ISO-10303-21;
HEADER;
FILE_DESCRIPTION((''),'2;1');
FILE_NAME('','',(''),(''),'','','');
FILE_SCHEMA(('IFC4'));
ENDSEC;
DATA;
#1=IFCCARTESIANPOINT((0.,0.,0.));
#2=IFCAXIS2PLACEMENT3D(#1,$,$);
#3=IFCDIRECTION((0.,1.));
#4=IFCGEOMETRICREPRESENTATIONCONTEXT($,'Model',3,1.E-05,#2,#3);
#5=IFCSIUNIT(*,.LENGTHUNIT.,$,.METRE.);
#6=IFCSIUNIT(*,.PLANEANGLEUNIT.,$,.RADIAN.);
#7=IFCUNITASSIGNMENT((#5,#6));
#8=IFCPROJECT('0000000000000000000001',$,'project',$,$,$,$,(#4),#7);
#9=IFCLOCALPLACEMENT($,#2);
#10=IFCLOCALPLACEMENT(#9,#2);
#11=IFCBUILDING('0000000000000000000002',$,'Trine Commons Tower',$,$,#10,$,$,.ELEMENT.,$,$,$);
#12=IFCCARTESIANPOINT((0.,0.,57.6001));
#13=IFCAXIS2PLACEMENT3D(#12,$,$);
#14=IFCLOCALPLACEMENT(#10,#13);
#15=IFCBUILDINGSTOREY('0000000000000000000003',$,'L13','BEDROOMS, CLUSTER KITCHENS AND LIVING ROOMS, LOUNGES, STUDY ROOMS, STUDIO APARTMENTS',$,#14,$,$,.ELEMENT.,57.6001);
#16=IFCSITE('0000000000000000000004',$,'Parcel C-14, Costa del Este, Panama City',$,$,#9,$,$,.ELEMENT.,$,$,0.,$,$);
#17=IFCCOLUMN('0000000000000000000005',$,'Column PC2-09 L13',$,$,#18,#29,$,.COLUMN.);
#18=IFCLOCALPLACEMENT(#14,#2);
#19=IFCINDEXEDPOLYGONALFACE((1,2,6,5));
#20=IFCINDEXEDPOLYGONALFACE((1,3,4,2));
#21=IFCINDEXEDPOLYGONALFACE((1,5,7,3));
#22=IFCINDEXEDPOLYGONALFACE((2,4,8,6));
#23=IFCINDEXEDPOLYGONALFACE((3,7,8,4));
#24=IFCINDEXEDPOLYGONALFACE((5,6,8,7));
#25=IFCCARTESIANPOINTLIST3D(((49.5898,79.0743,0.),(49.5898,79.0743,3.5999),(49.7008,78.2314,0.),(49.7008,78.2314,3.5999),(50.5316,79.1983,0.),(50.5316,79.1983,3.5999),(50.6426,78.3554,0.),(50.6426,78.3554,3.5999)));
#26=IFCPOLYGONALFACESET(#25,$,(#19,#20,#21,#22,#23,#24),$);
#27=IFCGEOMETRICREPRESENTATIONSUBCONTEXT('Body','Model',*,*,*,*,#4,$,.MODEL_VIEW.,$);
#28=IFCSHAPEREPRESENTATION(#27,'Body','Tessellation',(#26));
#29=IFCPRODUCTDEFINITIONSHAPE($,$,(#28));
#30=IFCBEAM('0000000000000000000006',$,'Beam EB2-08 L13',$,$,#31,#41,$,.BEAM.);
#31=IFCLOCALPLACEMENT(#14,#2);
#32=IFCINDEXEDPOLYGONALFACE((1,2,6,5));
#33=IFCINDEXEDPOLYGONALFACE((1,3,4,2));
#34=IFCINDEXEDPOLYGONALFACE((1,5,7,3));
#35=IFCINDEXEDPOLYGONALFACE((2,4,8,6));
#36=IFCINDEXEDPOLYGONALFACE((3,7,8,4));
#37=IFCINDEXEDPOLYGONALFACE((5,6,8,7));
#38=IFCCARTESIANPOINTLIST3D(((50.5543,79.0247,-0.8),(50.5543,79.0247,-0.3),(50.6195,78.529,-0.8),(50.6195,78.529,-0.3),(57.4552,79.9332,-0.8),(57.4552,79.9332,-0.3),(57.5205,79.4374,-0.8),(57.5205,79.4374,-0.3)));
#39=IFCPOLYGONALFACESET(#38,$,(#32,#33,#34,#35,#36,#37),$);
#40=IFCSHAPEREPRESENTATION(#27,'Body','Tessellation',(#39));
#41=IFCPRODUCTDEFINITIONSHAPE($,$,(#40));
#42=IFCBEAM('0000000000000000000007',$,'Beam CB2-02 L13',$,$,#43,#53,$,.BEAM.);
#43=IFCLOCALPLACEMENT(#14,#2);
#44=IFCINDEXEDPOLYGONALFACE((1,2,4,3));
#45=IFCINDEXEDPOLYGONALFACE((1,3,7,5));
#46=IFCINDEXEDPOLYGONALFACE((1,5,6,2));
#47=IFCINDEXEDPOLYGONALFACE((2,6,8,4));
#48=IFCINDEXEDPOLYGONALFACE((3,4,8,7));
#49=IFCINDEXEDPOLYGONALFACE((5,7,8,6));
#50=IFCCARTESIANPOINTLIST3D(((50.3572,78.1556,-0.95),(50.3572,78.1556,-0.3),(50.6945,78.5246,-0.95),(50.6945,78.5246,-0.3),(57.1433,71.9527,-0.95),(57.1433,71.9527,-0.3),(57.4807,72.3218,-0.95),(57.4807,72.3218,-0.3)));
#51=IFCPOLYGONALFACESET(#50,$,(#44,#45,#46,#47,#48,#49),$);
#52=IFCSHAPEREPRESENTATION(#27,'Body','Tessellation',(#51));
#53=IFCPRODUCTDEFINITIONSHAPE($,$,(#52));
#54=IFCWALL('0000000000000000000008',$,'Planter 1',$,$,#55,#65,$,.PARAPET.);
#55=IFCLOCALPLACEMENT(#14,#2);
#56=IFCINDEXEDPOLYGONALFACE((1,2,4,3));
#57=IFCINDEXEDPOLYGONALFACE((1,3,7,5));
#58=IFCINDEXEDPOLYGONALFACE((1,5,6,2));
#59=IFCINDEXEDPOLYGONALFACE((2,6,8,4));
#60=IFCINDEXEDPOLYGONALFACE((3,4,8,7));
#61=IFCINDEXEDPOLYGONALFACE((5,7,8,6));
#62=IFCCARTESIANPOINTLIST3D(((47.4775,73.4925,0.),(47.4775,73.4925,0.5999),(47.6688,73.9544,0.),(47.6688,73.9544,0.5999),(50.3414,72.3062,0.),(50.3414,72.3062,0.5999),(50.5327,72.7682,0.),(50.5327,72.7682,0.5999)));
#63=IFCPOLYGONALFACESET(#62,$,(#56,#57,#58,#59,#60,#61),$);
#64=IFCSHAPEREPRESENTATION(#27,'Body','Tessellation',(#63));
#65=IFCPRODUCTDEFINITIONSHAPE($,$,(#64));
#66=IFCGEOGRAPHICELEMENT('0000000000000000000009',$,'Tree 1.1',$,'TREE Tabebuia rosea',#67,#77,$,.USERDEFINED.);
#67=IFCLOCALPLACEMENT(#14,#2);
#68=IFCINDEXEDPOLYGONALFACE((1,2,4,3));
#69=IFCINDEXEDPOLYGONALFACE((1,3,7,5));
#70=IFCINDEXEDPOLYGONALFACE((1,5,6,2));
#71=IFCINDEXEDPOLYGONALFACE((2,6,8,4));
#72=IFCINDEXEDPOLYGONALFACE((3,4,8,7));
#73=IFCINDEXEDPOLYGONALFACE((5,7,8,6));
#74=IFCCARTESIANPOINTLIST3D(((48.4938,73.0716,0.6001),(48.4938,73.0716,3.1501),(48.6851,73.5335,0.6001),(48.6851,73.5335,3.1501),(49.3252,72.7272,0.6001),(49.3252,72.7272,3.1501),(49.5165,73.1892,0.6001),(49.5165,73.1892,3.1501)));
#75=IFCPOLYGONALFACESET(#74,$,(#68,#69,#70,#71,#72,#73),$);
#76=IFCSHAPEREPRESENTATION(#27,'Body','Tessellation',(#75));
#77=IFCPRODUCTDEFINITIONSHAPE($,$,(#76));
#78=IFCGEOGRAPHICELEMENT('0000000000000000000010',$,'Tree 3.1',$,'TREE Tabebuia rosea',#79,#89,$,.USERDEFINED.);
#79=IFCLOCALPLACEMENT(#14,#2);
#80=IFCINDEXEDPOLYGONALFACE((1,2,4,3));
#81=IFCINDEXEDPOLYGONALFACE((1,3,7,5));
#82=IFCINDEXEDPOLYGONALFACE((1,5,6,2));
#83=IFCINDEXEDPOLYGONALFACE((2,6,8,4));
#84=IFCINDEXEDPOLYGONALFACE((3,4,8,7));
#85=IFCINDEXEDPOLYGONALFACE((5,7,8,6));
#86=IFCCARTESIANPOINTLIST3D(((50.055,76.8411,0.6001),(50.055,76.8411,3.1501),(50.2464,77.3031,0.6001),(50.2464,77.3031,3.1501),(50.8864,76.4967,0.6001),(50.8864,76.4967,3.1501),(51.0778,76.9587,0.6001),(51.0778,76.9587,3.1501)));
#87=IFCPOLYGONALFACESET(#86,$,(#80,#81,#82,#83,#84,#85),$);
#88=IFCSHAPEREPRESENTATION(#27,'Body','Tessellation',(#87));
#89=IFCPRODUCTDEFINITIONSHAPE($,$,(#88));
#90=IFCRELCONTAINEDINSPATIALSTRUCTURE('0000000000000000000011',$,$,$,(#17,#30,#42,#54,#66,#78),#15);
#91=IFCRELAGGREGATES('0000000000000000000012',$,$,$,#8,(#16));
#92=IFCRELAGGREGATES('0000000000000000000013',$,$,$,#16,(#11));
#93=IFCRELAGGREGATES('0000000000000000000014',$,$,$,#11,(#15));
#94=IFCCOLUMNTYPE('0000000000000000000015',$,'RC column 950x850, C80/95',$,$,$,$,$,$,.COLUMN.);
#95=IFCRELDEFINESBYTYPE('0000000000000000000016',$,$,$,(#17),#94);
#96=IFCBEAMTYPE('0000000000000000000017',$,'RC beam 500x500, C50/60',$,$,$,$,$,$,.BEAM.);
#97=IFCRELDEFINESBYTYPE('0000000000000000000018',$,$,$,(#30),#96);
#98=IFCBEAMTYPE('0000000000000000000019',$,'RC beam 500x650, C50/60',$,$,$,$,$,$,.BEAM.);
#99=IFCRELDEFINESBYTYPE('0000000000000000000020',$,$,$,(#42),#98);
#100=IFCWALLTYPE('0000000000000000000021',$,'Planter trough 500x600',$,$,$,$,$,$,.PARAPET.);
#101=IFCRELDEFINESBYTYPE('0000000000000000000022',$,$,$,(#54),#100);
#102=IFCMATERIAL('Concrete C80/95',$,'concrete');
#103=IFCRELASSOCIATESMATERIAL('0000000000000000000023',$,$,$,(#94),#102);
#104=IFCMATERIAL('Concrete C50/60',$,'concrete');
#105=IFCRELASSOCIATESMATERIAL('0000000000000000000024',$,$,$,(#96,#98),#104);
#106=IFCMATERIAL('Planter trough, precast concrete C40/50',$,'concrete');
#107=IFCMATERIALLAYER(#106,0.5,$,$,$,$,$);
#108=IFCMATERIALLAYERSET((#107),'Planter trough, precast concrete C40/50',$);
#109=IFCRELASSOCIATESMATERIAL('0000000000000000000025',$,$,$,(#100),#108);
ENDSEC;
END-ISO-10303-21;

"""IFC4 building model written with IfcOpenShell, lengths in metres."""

from ifc_helpers import new_model, si_unit, direction, frame, frame_2d, origin, origin_2d, place, context, subcontext, project, spatial, rectangle, extrude, material, layer, layer_set, material_profile, profile_set, type_object, element, save


model = new_model("IFC4")

# Units and contexts
model_context = context("Model", 3, precision=1e-05, world=origin(), true_north=direction((0.0, 1.0)))
body_context = subcontext(model_context, "Body", "Model", "MODEL_VIEW")
ifc_project = project(units=[si_unit("LENGTHUNIT", "METRE"), si_unit("PLANEANGLEUNIT", "RADIAN")], contexts=[model_context])

# Site, building, storey
site_placement = place(None, origin())
site = spatial("IfcSite", under=ifc_project, at=site_placement, Name="Parcel C-14, Costa del Este, Panama City", CompositionType="ELEMENT", RefElevation=0.0)
building_placement = place(site_placement, origin())
building = spatial("IfcBuilding", under=site, at=building_placement, Name="Trine Commons Tower", CompositionType="ELEMENT")
storey_placement = place(building_placement, frame((0.0, 0.0, 57.6001)))
storey = spatial("IfcBuildingStorey", under=building, at=storey_placement, Name="L13", Description="BEDROOMS, CLUSTER KITCHENS AND LIVING ROOMS, LOUNGES, STUDY ROOMS, STUDIO APARTMENTS", CompositionType="ELEMENT", Elevation=57.6001)

# Column
ifc_material_1 = material(Name="Concrete C80/95", Category="concrete")
ifc_material_profile_1 = material_profile(ifc_material_1, rectangle(XDim=0.95, YDim=0.8501, at=origin_2d()), Name="RC 950x850")
ifc_profile_set_1 = profile_set([ifc_material_profile_1], Name="Concrete C80/95")
column_type = type_object("IfcColumnType", Name="RC column 950x850, C80/95", PredefinedType="COLUMN", material=ifc_profile_set_1)
column_placement = place(storey_placement, frame((50.1162, 78.7148, 0.0), z_axis=(0.0, 0.0, 1.0), x_axis=(0.991445, 0.130526, 0.0)))
element("IfcColumn", 1, at=column_placement, inside=storey, type_object=column_type, Name="Column PC2-09 L13", PredefinedType="COLUMN", context=body_context, shape_type="SweptSolid", body=[
    extrude(rectangle(XDim=0.95, YDim=0.8501, at=origin_2d()), origin(), (0.0, 0.0, 1.0), 3.5999),
])

# Beams
ifc_material_2 = material(Name="Concrete C50/60", Category="concrete")
ifc_material_profile_2 = material_profile(ifc_material_2, rectangle(XDim=0.5, YDim=0.5, at=origin_2d()), Name="RC 500x500")
ifc_profile_set_2 = profile_set([ifc_material_profile_2], Name="Concrete C50/60")
beam_type_1 = type_object("IfcBeamType", Name="RC beam 500x500, C50/60", PredefinedType="BEAM", material=ifc_profile_set_2)
beam_1_placement = place(storey_placement, frame((50.5869, 78.7769, -0.55), z_axis=(0.991446, 0.130516, 0.0), x_axis=(-0.130516, 0.991446, 0.0)))
element("IfcBeam", 2, at=beam_1_placement, inside=storey, type_object=beam_type_1, Name="Beam EB2-08 L13", PredefinedType="BEAM", context=body_context, shape_type="SweptSolid", body=[
    extrude(rectangle(XDim=0.5, YDim=0.5, at=origin_2d()), origin(), (0.0, 0.0, 1.0), 6.9604),
])
ifc_material_profile_3 = material_profile(ifc_material_2, rectangle(XDim=0.5, YDim=0.6499, at=origin_2d()), Name="RC 500x650")
ifc_profile_set_3 = profile_set([ifc_material_profile_3], Name="Concrete C50/60")
beam_type_2 = type_object("IfcBeamType", Name="RC beam 500x650, C50/60", PredefinedType="BEAM", material=ifc_profile_set_3)
beam_2_placement = place(storey_placement, frame((50.5259, 78.3401, -0.625), z_axis=(0.738115, -0.674675, 0.0), x_axis=(0.674675, 0.738115, 0.0)))
element("IfcBeam", 3, at=beam_2_placement, inside=storey, type_object=beam_type_2, Name="Beam CB2-02 L13", PredefinedType="BEAM", context=body_context, shape_type="SweptSolid", body=[
    extrude(rectangle(XDim=0.5, YDim=0.6499, at=origin_2d()), origin(), (0.0, 0.0, 1.0), 9.1938),
])

# Wall
ifc_material_3 = material(Name="Planter trough, precast concrete C40/50", Category="concrete")
ifc_layer = layer(ifc_material_3, 0.5)
ifc_layer_set = layer_set([ifc_layer], Name="Planter trough, precast concrete C40/50")
wall_type = type_object("IfcWallType", Name="Planter trough 500x600", PredefinedType="PARAPET", material=ifc_layer_set)
wall_placement = place(storey_placement, frame((47.5732, 73.7234, 0.0), z_axis=(0.0, 0.0, 1.0), x_axis=(0.923883, -0.382674, 0.0)))
element("IfcWall", 4, at=wall_placement, inside=storey, type_object=wall_type, Name="Planter 1", PredefinedType="PARAPET", context=body_context, shape_type="SweptSolid", body=[
    extrude(rectangle(XDim=3.0999, YDim=0.5, at=frame_2d((1.5498, 0.0))), origin(), (0.0, 0.0, 1.0), 0.5999),
])

# Geographic elements
for number, where, z_axis, x_axis, name in (
    (5, (49.0051, 73.1304, 0.6001), (0.0, 0.0, 1.0), (0.923886, -0.382669, 0.0), "Tree 1.1"),
    (6, (50.5664, 76.8999, 0.6001), (0.0, 0.0, 1.0), (-0.923886, 0.382669, 0.0), "Tree 3.1"),
):
    element("IfcGeographicElement", number, at=place(storey_placement, frame(where, z_axis=z_axis, x_axis=x_axis)), inside=storey, Name=name, ObjectType="TREE Tabebuia rosea", PredefinedType="USERDEFINED", context=body_context, shape_type="SweptSolid", body=[
        extrude(rectangle(XDim=0.8999, YDim=0.5, at=origin_2d()), origin(), (0.0, 0.0, 1.0), 2.55),
    ])

save(model, "model.ifc")
